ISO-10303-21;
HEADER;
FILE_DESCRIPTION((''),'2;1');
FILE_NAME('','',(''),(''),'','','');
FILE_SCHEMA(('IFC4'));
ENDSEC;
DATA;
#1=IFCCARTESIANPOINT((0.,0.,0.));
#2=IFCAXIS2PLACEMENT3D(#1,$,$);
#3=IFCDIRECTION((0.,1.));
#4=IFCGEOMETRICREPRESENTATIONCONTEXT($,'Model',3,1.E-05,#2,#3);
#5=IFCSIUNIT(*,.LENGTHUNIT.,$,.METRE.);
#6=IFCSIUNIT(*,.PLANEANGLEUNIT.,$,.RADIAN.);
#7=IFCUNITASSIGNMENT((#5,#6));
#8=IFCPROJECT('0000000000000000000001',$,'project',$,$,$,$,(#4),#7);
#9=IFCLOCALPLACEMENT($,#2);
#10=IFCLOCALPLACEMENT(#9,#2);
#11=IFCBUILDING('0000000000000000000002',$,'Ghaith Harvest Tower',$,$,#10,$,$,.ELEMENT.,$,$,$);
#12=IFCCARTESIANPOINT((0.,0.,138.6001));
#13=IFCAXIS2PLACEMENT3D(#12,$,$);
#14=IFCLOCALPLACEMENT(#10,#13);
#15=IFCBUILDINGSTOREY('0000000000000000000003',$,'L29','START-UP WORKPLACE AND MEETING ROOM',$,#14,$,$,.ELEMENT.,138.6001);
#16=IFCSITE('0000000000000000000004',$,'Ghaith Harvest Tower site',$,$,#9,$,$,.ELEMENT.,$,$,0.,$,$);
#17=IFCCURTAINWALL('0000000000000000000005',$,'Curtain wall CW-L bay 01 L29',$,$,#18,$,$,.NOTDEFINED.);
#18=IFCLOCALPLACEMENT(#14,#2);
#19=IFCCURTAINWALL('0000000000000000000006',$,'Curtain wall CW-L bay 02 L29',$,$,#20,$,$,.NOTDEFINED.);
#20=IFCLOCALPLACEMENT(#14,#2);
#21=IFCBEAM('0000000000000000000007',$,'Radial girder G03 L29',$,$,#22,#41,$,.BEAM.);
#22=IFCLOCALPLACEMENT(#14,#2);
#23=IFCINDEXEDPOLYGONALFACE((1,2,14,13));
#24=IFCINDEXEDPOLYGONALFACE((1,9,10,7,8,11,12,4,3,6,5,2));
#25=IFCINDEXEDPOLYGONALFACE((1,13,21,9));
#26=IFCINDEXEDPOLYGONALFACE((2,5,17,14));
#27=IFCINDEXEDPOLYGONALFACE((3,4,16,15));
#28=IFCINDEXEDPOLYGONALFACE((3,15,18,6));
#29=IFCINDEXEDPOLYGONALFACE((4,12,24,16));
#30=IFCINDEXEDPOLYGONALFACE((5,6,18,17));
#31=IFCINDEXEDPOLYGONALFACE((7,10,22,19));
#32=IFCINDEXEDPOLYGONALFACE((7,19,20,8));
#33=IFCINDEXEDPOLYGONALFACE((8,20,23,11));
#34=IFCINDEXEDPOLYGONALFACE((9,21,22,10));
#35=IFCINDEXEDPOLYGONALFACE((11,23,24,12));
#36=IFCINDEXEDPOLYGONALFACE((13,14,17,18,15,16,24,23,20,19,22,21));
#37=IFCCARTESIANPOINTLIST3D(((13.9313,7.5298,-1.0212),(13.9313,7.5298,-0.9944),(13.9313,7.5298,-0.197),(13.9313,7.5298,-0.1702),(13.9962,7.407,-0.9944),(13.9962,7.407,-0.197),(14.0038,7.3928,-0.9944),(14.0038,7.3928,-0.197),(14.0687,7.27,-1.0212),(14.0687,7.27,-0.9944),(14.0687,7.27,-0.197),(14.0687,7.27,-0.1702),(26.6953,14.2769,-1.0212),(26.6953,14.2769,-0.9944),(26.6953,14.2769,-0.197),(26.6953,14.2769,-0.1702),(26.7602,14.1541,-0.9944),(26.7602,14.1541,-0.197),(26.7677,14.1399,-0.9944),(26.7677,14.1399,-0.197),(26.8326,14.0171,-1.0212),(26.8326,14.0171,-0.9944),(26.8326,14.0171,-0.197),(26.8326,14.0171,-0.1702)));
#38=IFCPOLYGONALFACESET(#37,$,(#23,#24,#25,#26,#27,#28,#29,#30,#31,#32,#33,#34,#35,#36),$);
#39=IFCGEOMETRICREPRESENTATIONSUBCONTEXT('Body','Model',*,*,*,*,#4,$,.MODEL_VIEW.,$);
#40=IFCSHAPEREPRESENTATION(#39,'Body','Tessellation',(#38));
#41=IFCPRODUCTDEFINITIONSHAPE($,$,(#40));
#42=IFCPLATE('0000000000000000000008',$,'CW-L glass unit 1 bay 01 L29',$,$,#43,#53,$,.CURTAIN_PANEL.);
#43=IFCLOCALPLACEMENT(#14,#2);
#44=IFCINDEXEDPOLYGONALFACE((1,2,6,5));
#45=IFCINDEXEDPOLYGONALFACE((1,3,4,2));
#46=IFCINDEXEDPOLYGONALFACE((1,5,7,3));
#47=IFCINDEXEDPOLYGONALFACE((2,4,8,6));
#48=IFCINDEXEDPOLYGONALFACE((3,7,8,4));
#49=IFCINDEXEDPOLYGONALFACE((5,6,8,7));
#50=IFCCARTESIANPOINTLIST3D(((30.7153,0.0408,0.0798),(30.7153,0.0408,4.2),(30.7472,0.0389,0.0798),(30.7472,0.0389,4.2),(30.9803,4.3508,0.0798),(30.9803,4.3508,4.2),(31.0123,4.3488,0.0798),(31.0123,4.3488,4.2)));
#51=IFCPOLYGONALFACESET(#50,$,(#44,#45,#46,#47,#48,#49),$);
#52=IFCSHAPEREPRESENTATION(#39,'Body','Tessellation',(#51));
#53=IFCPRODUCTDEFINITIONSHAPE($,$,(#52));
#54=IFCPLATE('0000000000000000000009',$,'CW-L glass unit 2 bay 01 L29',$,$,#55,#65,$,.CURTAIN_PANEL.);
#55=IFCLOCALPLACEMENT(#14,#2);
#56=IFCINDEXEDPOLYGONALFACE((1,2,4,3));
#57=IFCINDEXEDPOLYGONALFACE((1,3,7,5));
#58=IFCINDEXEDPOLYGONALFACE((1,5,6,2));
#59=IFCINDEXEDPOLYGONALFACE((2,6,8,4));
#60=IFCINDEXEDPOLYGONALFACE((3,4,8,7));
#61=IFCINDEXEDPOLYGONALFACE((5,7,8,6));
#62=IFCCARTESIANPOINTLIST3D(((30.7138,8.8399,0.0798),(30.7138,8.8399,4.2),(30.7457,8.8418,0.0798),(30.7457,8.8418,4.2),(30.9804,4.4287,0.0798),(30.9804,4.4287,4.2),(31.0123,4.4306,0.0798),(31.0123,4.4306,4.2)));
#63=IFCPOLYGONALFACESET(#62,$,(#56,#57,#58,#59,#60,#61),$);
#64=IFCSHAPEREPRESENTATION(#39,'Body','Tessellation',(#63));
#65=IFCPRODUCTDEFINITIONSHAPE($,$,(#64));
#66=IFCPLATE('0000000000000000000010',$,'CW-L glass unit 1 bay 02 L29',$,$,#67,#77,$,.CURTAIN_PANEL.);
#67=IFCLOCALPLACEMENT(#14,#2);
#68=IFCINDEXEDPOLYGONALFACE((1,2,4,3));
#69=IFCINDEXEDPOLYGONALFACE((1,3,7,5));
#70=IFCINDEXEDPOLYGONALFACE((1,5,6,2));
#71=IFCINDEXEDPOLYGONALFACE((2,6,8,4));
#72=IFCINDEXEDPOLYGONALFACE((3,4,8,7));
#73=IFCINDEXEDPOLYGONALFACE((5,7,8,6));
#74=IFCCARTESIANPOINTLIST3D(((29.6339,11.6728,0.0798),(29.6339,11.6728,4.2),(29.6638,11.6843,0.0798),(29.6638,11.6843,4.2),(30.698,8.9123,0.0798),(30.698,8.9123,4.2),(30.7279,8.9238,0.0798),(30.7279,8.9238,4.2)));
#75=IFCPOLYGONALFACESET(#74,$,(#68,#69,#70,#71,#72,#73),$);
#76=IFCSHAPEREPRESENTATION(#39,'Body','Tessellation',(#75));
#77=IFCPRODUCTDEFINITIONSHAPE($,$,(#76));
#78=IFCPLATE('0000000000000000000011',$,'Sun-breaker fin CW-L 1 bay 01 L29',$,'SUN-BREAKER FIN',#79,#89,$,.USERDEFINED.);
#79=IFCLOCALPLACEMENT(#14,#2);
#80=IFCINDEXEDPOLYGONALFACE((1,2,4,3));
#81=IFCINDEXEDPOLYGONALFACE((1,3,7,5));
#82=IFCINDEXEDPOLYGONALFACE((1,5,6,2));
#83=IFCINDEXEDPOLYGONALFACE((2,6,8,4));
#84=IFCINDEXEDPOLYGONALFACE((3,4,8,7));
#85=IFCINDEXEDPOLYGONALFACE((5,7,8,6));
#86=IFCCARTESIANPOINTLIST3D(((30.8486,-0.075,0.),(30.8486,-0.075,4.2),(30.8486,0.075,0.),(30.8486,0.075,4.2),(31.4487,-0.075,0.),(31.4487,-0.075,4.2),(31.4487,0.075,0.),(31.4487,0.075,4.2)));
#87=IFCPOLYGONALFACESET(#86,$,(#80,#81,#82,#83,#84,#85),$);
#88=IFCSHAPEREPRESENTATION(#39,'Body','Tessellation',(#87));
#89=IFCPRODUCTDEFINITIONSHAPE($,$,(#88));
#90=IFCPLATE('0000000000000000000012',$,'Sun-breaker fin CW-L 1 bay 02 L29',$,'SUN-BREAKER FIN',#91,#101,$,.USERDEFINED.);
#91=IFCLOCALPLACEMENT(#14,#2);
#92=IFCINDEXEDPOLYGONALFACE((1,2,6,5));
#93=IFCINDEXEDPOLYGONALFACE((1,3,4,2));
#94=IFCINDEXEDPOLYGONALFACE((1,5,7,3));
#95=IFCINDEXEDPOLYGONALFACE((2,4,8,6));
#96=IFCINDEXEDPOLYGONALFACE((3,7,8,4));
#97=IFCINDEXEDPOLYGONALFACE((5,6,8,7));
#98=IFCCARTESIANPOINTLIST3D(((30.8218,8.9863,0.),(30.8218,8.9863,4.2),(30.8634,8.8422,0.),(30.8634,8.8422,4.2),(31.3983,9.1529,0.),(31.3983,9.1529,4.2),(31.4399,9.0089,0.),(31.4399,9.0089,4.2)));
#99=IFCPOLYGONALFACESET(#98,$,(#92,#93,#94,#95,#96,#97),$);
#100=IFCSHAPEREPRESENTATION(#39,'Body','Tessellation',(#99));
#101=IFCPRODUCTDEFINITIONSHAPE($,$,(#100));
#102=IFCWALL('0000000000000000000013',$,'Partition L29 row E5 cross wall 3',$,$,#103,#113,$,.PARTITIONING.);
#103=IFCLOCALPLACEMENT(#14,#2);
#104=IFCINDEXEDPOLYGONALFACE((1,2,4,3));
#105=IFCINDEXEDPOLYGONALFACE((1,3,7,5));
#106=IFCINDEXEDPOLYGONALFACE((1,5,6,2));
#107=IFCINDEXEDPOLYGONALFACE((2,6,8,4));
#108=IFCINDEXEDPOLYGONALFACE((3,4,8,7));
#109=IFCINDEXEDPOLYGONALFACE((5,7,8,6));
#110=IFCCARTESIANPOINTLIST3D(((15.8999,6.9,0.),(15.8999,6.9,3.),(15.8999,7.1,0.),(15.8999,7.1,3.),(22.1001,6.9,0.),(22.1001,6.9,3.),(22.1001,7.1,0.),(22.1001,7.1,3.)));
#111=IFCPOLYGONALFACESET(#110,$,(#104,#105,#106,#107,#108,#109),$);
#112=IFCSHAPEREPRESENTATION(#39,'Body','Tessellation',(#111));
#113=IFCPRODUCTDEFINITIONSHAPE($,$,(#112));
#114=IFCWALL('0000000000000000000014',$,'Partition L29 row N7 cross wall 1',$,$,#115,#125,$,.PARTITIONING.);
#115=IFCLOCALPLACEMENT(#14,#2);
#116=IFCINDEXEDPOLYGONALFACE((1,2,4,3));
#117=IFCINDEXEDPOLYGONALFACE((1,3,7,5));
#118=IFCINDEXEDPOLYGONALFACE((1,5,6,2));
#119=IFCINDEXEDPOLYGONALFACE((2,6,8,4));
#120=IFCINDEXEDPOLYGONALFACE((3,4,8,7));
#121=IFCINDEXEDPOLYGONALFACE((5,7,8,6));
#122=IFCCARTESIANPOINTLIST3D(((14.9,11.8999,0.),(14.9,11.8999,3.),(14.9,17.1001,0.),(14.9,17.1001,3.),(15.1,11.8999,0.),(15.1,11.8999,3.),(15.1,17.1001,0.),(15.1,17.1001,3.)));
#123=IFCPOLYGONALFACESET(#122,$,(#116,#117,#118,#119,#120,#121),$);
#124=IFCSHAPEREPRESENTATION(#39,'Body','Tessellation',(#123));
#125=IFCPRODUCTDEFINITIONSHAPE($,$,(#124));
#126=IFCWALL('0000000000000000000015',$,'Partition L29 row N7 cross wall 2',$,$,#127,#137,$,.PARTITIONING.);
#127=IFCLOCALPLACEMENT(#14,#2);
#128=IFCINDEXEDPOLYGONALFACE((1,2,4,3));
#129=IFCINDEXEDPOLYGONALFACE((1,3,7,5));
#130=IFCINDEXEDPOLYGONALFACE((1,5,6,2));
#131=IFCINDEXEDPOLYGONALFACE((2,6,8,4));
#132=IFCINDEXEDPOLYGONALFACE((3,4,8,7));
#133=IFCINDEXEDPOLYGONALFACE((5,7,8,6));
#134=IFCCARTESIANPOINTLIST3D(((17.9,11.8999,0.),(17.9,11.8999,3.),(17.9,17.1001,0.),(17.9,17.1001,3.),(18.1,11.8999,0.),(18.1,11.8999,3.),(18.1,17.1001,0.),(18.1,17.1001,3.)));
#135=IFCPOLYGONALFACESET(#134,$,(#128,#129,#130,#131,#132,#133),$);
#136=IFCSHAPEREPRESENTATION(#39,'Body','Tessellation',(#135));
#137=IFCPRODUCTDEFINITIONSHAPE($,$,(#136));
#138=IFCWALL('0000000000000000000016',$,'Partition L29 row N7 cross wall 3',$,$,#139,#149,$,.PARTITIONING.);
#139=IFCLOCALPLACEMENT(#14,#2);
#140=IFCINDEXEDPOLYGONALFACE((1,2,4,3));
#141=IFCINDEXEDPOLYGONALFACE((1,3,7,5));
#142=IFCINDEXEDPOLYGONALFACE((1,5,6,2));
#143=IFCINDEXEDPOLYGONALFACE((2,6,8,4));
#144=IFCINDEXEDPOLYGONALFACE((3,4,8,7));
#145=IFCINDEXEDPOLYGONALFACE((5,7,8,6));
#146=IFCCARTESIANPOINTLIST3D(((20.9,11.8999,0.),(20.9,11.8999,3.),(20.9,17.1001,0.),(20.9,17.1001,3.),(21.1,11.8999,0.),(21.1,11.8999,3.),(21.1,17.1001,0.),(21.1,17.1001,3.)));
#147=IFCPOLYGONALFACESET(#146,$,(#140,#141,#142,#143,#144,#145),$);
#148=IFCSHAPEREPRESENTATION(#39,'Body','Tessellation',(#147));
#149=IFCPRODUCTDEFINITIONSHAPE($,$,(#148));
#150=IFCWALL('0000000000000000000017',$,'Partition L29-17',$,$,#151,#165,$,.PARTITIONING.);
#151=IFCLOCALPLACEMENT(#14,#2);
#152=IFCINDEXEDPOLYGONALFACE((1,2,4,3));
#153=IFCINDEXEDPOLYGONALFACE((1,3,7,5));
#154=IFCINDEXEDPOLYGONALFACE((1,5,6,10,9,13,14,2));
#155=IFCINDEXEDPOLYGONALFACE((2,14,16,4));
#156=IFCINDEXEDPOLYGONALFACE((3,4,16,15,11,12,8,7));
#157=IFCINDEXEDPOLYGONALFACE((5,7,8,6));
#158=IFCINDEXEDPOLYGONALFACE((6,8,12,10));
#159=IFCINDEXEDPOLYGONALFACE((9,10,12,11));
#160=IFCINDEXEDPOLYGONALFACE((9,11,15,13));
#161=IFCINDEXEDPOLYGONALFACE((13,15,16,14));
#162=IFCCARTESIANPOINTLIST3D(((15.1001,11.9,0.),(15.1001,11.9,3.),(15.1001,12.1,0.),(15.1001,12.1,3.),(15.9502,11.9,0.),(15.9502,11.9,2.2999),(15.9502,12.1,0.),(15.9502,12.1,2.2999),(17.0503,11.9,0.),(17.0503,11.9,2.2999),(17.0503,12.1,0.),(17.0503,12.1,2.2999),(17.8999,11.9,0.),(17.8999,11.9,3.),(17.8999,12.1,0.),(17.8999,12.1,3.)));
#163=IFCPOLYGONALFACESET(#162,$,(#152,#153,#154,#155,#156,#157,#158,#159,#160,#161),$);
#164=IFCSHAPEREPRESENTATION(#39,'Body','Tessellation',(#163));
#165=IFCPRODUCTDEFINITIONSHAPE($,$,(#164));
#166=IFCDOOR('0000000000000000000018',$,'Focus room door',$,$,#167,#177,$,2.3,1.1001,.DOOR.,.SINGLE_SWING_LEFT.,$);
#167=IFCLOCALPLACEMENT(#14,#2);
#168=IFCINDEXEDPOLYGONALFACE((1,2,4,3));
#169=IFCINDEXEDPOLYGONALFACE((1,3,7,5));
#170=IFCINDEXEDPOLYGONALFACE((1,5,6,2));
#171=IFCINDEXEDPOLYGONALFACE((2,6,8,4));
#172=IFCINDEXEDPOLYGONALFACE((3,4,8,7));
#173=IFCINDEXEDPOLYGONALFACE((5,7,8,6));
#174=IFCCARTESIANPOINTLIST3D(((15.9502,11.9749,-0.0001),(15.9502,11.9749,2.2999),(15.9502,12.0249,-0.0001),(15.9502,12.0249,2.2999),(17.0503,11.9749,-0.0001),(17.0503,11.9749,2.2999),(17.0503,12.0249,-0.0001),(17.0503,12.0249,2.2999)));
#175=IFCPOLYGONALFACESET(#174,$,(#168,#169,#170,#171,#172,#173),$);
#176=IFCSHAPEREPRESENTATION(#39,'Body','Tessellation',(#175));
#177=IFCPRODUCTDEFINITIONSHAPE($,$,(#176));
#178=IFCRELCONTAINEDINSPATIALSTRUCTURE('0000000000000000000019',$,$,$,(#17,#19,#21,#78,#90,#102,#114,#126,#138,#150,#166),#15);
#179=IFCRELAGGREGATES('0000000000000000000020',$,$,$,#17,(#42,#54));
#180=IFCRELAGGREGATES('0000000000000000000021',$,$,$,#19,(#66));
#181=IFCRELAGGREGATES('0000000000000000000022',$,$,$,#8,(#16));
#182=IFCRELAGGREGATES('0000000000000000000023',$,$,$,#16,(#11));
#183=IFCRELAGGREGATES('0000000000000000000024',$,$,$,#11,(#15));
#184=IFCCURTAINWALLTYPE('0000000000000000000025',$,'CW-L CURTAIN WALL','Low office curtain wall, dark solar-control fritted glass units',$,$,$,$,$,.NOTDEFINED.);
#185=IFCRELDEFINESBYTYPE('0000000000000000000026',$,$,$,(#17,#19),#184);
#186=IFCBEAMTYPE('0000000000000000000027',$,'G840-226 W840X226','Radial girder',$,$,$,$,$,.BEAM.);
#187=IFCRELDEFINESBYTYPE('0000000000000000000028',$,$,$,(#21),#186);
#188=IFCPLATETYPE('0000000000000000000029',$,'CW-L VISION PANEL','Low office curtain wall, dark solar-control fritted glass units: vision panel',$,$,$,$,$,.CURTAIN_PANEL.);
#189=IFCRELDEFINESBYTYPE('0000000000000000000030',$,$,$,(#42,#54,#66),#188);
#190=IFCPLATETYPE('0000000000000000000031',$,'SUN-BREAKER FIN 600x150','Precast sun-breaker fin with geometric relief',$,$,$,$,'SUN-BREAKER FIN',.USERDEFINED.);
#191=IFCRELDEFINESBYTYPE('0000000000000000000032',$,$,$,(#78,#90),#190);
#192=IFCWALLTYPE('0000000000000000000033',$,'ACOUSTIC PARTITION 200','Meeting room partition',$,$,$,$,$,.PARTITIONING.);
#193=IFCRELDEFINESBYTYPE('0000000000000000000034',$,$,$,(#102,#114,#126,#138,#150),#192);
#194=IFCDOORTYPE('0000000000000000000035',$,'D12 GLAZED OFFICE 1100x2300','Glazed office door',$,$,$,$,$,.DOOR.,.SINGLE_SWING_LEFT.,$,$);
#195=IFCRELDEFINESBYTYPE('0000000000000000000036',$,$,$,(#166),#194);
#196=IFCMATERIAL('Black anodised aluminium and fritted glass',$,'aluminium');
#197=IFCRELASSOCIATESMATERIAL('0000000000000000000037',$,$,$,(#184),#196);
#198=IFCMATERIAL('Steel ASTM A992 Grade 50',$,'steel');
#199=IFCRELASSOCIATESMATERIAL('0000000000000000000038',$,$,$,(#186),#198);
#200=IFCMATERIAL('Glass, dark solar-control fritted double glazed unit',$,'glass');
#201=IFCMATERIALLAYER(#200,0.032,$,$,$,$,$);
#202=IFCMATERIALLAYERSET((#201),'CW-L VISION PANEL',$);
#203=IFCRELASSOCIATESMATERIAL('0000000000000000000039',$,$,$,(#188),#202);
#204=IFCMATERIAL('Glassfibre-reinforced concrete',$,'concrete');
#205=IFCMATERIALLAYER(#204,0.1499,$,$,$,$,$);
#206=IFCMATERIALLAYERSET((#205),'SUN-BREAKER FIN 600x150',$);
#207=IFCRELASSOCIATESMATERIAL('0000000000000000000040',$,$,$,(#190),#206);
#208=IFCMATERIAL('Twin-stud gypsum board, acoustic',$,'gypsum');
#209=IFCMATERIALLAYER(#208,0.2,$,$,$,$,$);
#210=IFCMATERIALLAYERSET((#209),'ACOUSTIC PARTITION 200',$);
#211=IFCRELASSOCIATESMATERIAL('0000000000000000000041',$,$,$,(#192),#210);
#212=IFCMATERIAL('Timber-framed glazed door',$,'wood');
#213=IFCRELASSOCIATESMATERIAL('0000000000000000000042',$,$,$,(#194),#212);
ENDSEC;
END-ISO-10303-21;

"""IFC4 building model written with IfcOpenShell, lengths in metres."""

from ifc_helpers import new_model, si_unit, direction, frame, frame_2d, origin, origin_2d, place, context, subcontext, project, spatial, rectangle, i_section, extrude, material, layer, layer_set, material_profile, profile_set, type_object, element, fill, aggregate, save


model = new_model("IFC4")

# Units and contexts
model_context = context("Model", 3, precision=1e-05, world=origin(), true_north=direction((0.0, 1.0)))
body_context = subcontext(model_context, "Body", "Model", "MODEL_VIEW")
ifc_project = project(units=[si_unit("LENGTHUNIT", "METRE"), si_unit("PLANEANGLEUNIT", "RADIAN")], contexts=[model_context])

# Site, building, storey
site_placement = place(None, origin())
site = spatial("IfcSite", under=ifc_project, at=site_placement, Name="Ghaith Harvest Tower site", CompositionType="ELEMENT", RefElevation=0.0)
building_placement = place(site_placement, origin())
building = spatial("IfcBuilding", under=site, at=building_placement, Name="Ghaith Harvest Tower", CompositionType="ELEMENT")
storey_placement = place(building_placement, frame((0.0, 0.0, 138.6001)))
storey = spatial("IfcBuildingStorey", under=building, at=storey_placement, Name="L29", Description="START-UP WORKPLACE AND MEETING ROOM", CompositionType="ELEMENT", Elevation=138.6001)

# Curtain walls
ifc_material_1 = material(Name="Black anodised aluminium and fritted glass", Category="aluminium")
curtain_wall_type = type_object("IfcCurtainWallType", Name="CW-L CURTAIN WALL", Description="Low office curtain wall, dark solar-control fritted glass units", PredefinedType="NOTDEFINED", material=ifc_material_1)
curtain_wall_1_placement = place(storey_placement, origin())
curtain_wall_1 = element("IfcCurtainWall", 1, at=curtain_wall_1_placement, inside=storey, type_object=curtain_wall_type, Name="Curtain wall CW-L bay 01 L29", PredefinedType="NOTDEFINED")
curtain_wall_2_placement = place(storey_placement, origin())
curtain_wall_2 = element("IfcCurtainWall", 2, at=curtain_wall_2_placement, inside=storey, type_object=curtain_wall_type, Name="Curtain wall CW-L bay 02 L29", PredefinedType="NOTDEFINED")

# Beam
ifc_material_2 = material(Name="Steel ASTM A992 Grade 50", Category="steel")
ifc_material_profile_1 = material_profile(ifc_material_2, i_section(OverallWidth=0.2939, OverallDepth=0.8511, WebThickness=0.0161, FlangeThickness=0.0269, at=origin_2d()), Name="W840X226")
ifc_profile_set_1 = profile_set([ifc_material_profile_1], Name="Steel ASTM A992 Grade 50")
beam_type_1 = type_object("IfcBeamType", Name="G840-226 W840X226", Description="Radial girder", PredefinedType="BEAM", material=ifc_profile_set_1)
beam_1_placement = place(storey_placement, frame((14.0, 7.3999, -0.5957), z_axis=(0.884083, 0.467331, 0.0), x_axis=(-0.467331, 0.884083, 0.0)))
element("IfcBeam", 3, at=beam_1_placement, inside=storey, type_object=beam_type_1, Name="Radial girder G03 L29", PredefinedType="BEAM", context=body_context, shape_type="SweptSolid", body=[
    extrude(i_section(OverallWidth=0.2939, OverallDepth=0.8511, WebThickness=0.0161, FlangeThickness=0.0269, at=origin_2d()), origin(), (0.0, 0.0, 1.0), 14.4375),
])

# Plates
ifc_material_3 = material(Name="Glass, dark solar-control fritted double glazed unit", Category="glass")
ifc_layer_1 = layer(ifc_material_3, 0.032)
ifc_layer_set_1 = layer_set([ifc_layer_1], Name="CW-L VISION PANEL")
plate_type_1 = type_object("IfcPlateType", Name="CW-L VISION PANEL", Description="Low office curtain wall, dark solar-control fritted glass units: vision panel", PredefinedType="CURTAIN_PANEL", material=ifc_layer_set_1)
plate_1_placement = place(storey_placement, frame((30.8638, 2.1948, 0.0798), z_axis=(0.0, 0.0, 1.0), x_axis=(0.06138, 0.998114, 0.0)))
plate_1 = element("IfcPlate", 4, at=plate_1_placement, type_object=plate_type_1, Name="CW-L glass unit 1 bay 01 L29", PredefinedType="CURTAIN_PANEL", context=body_context, shape_type="SweptSolid", body=[
    extrude(rectangle(XDim=4.3181, YDim=0.032, at=origin_2d()), origin(), (0.0, 0.0, 1.0), 4.1201),
])
plate_2_placement = place(storey_placement, frame((30.863, 6.6353, 0.0798), z_axis=(0.0, 0.0, 1.0), x_axis=(-0.060321, 0.998179, 0.0)))
plate_2 = element("IfcPlate", 5, at=plate_2_placement, type_object=plate_type_1, Name="CW-L glass unit 2 bay 01 L29", PredefinedType="CURTAIN_PANEL", context=body_context, shape_type="SweptSolid", body=[
    extrude(rectangle(XDim=4.4192, YDim=0.032, at=origin_2d()), origin(), (0.0, 0.0, 1.0), 4.1201),
])
aggregate(curtain_wall_1, [plate_1, plate_2])
plate_3_placement = place(storey_placement, frame((30.1809, 10.2983, 0.0798), z_axis=(0.0, 0.0, 1.0), x_axis=(-0.359677, 0.933077, 0.0)))
plate_3 = element("IfcPlate", 6, at=plate_3_placement, type_object=plate_type_1, Name="CW-L glass unit 1 bay 02 L29", PredefinedType="CURTAIN_PANEL", context=body_context, shape_type="SweptSolid", body=[
    extrude(rectangle(XDim=2.9585, YDim=0.032, at=origin_2d()), origin(), (0.0, 0.0, 1.0), 4.1201),
])
aggregate(curtain_wall_2, [plate_3])

# Plates
ifc_material_4 = material(Name="Glassfibre-reinforced concrete", Category="concrete")
ifc_layer_2 = layer(ifc_material_4, 0.1499)
ifc_layer_set_2 = layer_set([ifc_layer_2], Name="SUN-BREAKER FIN 600x150")
plate_type_2 = type_object("IfcPlateType", Name="SUN-BREAKER FIN 600x150", Description="Precast sun-breaker fin with geometric relief", ElementType="SUN-BREAKER FIN", PredefinedType="USERDEFINED", material=ifc_layer_set_2)
for number, where, z_axis, x_axis, name in (
    (7, (31.1487, 0.0, 0.0), (0.0, 0.0, 1.0), (1.0, 0.0, 0.0), "Sun-breaker fin CW-L 1 bay 01 L29"),
    (8, (31.1309, 8.9976, 0.0), (0.0, 0.0, 1.0), (0.96068, 0.277657, 0.0), "Sun-breaker fin CW-L 1 bay 02 L29"),
):
    element("IfcPlate", number, at=place(storey_placement, frame(where, z_axis=z_axis, x_axis=x_axis)), inside=storey, type_object=plate_type_2, Name=name, ObjectType="SUN-BREAKER FIN", PredefinedType="USERDEFINED", context=body_context, shape_type="SweptSolid", body=[
        extrude(rectangle(XDim=0.6001, YDim=0.1499, at=origin_2d()), origin(), (0.0, 0.0, 1.0), 4.2),
    ])

# Walls
ifc_material_5 = material(Name="Twin-stud gypsum board, acoustic", Category="gypsum")
ifc_layer_3 = layer(ifc_material_5, 0.2)
ifc_layer_set_3 = layer_set([ifc_layer_3], Name="ACOUSTIC PARTITION 200")
wall_type_1 = type_object("IfcWallType", Name="ACOUSTIC PARTITION 200", Description="Meeting room partition", PredefinedType="PARTITIONING", material=ifc_layer_set_3)
wall_1_placement = place(storey_placement, frame((15.8999, 7.0, 0.0), z_axis=(0.0, 0.0, 1.0), x_axis=(1.0, 0.0, 0.0)))
element("IfcWall", 9, at=wall_1_placement, inside=storey, type_object=wall_type_1, Name="Partition L29 row E5 cross wall 3", PredefinedType="PARTITIONING", context=body_context, shape_type="SweptSolid", body=[
    extrude(rectangle(XDim=6.2002, YDim=0.2, at=frame_2d((3.1001, 0.0))), origin(), (0.0, 0.0, 1.0), 3.0),
])
for number, where, z_axis, x_axis, name in (
    (10, (15.0, 11.8999, 0.0), (0.0, 0.0, 1.0), (0.0, 1.0, 0.0), "Partition L29 row N7 cross wall 1"),
    (11, (18.0, 11.8999, 0.0), (0.0, 0.0, 1.0), (0.0, 1.0, 0.0), "Partition L29 row N7 cross wall 2"),
    (12, (21.0, 11.8999, 0.0), (0.0, 0.0, 1.0), (0.0, 1.0, 0.0), "Partition L29 row N7 cross wall 3"),
):
    element("IfcWall", number, at=place(storey_placement, frame(where, z_axis=z_axis, x_axis=x_axis)), inside=storey, type_object=wall_type_1, Name=name, PredefinedType="PARTITIONING", context=body_context, shape_type="SweptSolid", body=[
        extrude(rectangle(XDim=5.2002, YDim=0.2, at=frame_2d((2.6001, 0.0))), origin(), (0.0, 0.0, 1.0), 3.0),
    ])

# Wall, opening, door
wall_2_placement = place(storey_placement, frame((15.1001, 12.0, 0.0), z_axis=(0.0, 0.0, 1.0), x_axis=(1.0, 0.0, 0.0)))
wall_2 = element("IfcWall", 13, at=wall_2_placement, inside=storey, type_object=wall_type_1, Name="Partition L29-17", PredefinedType="PARTITIONING", context=body_context, shape_type="SweptSolid", body=[
    extrude(rectangle(XDim=2.7998, YDim=0.2, at=frame_2d((1.3999, 0.0))), origin(), (0.0, 0.0, 1.0), 3.0),
])
opening_1_placement = place(wall_2_placement, frame((0.8501, 0.0, 0.0)))
opening_1 = element("IfcOpeningElement", 14, at=opening_1_placement, cuts=wall_2, PredefinedType="OPENING", context=body_context, shape_type="SweptSolid", body=[
    extrude(rectangle(XDim=1.1001, YDim=2.3, at=frame_2d((0.55, 1.1499))), frame((0.0, 0.1099, 0.0), z_axis=(0.0, -1.0, 0.0), x_axis=(1.0, 0.0, 0.0)), (0.0, 0.0, 1.0), 0.22),
])
ifc_material_6 = material(Name="Timber-framed glazed door", Category="wood")
door_type_1 = type_object("IfcDoorType", Name="D12 GLAZED OFFICE 1100x2300", Description="Glazed office door", OperationType="SINGLE_SWING_LEFT", PredefinedType="DOOR", material=ifc_material_6)
door_1_placement = place(opening_1_placement, origin())
door_1 = element("IfcDoor", 15, at=door_1_placement, inside=storey, type_object=door_type_1, Name="Focus room door", OperationType="SINGLE_SWING_LEFT", OverallHeight=2.3, OverallWidth=1.1001, PredefinedType="DOOR", context=body_context, shape_type="SweptSolid", body=[
    extrude(rectangle(XDim=1.1001, YDim=2.3, at=frame_2d((0.55, 1.1499))), frame((0.0, 0.0249, 0.0), z_axis=(0.0, -1.0, 0.0), x_axis=(1.0, 0.0, 0.0)), (0.0, 0.0, 1.0), 0.05),
])
fill(opening_1, door_1)

save(model, "model.ifc")
